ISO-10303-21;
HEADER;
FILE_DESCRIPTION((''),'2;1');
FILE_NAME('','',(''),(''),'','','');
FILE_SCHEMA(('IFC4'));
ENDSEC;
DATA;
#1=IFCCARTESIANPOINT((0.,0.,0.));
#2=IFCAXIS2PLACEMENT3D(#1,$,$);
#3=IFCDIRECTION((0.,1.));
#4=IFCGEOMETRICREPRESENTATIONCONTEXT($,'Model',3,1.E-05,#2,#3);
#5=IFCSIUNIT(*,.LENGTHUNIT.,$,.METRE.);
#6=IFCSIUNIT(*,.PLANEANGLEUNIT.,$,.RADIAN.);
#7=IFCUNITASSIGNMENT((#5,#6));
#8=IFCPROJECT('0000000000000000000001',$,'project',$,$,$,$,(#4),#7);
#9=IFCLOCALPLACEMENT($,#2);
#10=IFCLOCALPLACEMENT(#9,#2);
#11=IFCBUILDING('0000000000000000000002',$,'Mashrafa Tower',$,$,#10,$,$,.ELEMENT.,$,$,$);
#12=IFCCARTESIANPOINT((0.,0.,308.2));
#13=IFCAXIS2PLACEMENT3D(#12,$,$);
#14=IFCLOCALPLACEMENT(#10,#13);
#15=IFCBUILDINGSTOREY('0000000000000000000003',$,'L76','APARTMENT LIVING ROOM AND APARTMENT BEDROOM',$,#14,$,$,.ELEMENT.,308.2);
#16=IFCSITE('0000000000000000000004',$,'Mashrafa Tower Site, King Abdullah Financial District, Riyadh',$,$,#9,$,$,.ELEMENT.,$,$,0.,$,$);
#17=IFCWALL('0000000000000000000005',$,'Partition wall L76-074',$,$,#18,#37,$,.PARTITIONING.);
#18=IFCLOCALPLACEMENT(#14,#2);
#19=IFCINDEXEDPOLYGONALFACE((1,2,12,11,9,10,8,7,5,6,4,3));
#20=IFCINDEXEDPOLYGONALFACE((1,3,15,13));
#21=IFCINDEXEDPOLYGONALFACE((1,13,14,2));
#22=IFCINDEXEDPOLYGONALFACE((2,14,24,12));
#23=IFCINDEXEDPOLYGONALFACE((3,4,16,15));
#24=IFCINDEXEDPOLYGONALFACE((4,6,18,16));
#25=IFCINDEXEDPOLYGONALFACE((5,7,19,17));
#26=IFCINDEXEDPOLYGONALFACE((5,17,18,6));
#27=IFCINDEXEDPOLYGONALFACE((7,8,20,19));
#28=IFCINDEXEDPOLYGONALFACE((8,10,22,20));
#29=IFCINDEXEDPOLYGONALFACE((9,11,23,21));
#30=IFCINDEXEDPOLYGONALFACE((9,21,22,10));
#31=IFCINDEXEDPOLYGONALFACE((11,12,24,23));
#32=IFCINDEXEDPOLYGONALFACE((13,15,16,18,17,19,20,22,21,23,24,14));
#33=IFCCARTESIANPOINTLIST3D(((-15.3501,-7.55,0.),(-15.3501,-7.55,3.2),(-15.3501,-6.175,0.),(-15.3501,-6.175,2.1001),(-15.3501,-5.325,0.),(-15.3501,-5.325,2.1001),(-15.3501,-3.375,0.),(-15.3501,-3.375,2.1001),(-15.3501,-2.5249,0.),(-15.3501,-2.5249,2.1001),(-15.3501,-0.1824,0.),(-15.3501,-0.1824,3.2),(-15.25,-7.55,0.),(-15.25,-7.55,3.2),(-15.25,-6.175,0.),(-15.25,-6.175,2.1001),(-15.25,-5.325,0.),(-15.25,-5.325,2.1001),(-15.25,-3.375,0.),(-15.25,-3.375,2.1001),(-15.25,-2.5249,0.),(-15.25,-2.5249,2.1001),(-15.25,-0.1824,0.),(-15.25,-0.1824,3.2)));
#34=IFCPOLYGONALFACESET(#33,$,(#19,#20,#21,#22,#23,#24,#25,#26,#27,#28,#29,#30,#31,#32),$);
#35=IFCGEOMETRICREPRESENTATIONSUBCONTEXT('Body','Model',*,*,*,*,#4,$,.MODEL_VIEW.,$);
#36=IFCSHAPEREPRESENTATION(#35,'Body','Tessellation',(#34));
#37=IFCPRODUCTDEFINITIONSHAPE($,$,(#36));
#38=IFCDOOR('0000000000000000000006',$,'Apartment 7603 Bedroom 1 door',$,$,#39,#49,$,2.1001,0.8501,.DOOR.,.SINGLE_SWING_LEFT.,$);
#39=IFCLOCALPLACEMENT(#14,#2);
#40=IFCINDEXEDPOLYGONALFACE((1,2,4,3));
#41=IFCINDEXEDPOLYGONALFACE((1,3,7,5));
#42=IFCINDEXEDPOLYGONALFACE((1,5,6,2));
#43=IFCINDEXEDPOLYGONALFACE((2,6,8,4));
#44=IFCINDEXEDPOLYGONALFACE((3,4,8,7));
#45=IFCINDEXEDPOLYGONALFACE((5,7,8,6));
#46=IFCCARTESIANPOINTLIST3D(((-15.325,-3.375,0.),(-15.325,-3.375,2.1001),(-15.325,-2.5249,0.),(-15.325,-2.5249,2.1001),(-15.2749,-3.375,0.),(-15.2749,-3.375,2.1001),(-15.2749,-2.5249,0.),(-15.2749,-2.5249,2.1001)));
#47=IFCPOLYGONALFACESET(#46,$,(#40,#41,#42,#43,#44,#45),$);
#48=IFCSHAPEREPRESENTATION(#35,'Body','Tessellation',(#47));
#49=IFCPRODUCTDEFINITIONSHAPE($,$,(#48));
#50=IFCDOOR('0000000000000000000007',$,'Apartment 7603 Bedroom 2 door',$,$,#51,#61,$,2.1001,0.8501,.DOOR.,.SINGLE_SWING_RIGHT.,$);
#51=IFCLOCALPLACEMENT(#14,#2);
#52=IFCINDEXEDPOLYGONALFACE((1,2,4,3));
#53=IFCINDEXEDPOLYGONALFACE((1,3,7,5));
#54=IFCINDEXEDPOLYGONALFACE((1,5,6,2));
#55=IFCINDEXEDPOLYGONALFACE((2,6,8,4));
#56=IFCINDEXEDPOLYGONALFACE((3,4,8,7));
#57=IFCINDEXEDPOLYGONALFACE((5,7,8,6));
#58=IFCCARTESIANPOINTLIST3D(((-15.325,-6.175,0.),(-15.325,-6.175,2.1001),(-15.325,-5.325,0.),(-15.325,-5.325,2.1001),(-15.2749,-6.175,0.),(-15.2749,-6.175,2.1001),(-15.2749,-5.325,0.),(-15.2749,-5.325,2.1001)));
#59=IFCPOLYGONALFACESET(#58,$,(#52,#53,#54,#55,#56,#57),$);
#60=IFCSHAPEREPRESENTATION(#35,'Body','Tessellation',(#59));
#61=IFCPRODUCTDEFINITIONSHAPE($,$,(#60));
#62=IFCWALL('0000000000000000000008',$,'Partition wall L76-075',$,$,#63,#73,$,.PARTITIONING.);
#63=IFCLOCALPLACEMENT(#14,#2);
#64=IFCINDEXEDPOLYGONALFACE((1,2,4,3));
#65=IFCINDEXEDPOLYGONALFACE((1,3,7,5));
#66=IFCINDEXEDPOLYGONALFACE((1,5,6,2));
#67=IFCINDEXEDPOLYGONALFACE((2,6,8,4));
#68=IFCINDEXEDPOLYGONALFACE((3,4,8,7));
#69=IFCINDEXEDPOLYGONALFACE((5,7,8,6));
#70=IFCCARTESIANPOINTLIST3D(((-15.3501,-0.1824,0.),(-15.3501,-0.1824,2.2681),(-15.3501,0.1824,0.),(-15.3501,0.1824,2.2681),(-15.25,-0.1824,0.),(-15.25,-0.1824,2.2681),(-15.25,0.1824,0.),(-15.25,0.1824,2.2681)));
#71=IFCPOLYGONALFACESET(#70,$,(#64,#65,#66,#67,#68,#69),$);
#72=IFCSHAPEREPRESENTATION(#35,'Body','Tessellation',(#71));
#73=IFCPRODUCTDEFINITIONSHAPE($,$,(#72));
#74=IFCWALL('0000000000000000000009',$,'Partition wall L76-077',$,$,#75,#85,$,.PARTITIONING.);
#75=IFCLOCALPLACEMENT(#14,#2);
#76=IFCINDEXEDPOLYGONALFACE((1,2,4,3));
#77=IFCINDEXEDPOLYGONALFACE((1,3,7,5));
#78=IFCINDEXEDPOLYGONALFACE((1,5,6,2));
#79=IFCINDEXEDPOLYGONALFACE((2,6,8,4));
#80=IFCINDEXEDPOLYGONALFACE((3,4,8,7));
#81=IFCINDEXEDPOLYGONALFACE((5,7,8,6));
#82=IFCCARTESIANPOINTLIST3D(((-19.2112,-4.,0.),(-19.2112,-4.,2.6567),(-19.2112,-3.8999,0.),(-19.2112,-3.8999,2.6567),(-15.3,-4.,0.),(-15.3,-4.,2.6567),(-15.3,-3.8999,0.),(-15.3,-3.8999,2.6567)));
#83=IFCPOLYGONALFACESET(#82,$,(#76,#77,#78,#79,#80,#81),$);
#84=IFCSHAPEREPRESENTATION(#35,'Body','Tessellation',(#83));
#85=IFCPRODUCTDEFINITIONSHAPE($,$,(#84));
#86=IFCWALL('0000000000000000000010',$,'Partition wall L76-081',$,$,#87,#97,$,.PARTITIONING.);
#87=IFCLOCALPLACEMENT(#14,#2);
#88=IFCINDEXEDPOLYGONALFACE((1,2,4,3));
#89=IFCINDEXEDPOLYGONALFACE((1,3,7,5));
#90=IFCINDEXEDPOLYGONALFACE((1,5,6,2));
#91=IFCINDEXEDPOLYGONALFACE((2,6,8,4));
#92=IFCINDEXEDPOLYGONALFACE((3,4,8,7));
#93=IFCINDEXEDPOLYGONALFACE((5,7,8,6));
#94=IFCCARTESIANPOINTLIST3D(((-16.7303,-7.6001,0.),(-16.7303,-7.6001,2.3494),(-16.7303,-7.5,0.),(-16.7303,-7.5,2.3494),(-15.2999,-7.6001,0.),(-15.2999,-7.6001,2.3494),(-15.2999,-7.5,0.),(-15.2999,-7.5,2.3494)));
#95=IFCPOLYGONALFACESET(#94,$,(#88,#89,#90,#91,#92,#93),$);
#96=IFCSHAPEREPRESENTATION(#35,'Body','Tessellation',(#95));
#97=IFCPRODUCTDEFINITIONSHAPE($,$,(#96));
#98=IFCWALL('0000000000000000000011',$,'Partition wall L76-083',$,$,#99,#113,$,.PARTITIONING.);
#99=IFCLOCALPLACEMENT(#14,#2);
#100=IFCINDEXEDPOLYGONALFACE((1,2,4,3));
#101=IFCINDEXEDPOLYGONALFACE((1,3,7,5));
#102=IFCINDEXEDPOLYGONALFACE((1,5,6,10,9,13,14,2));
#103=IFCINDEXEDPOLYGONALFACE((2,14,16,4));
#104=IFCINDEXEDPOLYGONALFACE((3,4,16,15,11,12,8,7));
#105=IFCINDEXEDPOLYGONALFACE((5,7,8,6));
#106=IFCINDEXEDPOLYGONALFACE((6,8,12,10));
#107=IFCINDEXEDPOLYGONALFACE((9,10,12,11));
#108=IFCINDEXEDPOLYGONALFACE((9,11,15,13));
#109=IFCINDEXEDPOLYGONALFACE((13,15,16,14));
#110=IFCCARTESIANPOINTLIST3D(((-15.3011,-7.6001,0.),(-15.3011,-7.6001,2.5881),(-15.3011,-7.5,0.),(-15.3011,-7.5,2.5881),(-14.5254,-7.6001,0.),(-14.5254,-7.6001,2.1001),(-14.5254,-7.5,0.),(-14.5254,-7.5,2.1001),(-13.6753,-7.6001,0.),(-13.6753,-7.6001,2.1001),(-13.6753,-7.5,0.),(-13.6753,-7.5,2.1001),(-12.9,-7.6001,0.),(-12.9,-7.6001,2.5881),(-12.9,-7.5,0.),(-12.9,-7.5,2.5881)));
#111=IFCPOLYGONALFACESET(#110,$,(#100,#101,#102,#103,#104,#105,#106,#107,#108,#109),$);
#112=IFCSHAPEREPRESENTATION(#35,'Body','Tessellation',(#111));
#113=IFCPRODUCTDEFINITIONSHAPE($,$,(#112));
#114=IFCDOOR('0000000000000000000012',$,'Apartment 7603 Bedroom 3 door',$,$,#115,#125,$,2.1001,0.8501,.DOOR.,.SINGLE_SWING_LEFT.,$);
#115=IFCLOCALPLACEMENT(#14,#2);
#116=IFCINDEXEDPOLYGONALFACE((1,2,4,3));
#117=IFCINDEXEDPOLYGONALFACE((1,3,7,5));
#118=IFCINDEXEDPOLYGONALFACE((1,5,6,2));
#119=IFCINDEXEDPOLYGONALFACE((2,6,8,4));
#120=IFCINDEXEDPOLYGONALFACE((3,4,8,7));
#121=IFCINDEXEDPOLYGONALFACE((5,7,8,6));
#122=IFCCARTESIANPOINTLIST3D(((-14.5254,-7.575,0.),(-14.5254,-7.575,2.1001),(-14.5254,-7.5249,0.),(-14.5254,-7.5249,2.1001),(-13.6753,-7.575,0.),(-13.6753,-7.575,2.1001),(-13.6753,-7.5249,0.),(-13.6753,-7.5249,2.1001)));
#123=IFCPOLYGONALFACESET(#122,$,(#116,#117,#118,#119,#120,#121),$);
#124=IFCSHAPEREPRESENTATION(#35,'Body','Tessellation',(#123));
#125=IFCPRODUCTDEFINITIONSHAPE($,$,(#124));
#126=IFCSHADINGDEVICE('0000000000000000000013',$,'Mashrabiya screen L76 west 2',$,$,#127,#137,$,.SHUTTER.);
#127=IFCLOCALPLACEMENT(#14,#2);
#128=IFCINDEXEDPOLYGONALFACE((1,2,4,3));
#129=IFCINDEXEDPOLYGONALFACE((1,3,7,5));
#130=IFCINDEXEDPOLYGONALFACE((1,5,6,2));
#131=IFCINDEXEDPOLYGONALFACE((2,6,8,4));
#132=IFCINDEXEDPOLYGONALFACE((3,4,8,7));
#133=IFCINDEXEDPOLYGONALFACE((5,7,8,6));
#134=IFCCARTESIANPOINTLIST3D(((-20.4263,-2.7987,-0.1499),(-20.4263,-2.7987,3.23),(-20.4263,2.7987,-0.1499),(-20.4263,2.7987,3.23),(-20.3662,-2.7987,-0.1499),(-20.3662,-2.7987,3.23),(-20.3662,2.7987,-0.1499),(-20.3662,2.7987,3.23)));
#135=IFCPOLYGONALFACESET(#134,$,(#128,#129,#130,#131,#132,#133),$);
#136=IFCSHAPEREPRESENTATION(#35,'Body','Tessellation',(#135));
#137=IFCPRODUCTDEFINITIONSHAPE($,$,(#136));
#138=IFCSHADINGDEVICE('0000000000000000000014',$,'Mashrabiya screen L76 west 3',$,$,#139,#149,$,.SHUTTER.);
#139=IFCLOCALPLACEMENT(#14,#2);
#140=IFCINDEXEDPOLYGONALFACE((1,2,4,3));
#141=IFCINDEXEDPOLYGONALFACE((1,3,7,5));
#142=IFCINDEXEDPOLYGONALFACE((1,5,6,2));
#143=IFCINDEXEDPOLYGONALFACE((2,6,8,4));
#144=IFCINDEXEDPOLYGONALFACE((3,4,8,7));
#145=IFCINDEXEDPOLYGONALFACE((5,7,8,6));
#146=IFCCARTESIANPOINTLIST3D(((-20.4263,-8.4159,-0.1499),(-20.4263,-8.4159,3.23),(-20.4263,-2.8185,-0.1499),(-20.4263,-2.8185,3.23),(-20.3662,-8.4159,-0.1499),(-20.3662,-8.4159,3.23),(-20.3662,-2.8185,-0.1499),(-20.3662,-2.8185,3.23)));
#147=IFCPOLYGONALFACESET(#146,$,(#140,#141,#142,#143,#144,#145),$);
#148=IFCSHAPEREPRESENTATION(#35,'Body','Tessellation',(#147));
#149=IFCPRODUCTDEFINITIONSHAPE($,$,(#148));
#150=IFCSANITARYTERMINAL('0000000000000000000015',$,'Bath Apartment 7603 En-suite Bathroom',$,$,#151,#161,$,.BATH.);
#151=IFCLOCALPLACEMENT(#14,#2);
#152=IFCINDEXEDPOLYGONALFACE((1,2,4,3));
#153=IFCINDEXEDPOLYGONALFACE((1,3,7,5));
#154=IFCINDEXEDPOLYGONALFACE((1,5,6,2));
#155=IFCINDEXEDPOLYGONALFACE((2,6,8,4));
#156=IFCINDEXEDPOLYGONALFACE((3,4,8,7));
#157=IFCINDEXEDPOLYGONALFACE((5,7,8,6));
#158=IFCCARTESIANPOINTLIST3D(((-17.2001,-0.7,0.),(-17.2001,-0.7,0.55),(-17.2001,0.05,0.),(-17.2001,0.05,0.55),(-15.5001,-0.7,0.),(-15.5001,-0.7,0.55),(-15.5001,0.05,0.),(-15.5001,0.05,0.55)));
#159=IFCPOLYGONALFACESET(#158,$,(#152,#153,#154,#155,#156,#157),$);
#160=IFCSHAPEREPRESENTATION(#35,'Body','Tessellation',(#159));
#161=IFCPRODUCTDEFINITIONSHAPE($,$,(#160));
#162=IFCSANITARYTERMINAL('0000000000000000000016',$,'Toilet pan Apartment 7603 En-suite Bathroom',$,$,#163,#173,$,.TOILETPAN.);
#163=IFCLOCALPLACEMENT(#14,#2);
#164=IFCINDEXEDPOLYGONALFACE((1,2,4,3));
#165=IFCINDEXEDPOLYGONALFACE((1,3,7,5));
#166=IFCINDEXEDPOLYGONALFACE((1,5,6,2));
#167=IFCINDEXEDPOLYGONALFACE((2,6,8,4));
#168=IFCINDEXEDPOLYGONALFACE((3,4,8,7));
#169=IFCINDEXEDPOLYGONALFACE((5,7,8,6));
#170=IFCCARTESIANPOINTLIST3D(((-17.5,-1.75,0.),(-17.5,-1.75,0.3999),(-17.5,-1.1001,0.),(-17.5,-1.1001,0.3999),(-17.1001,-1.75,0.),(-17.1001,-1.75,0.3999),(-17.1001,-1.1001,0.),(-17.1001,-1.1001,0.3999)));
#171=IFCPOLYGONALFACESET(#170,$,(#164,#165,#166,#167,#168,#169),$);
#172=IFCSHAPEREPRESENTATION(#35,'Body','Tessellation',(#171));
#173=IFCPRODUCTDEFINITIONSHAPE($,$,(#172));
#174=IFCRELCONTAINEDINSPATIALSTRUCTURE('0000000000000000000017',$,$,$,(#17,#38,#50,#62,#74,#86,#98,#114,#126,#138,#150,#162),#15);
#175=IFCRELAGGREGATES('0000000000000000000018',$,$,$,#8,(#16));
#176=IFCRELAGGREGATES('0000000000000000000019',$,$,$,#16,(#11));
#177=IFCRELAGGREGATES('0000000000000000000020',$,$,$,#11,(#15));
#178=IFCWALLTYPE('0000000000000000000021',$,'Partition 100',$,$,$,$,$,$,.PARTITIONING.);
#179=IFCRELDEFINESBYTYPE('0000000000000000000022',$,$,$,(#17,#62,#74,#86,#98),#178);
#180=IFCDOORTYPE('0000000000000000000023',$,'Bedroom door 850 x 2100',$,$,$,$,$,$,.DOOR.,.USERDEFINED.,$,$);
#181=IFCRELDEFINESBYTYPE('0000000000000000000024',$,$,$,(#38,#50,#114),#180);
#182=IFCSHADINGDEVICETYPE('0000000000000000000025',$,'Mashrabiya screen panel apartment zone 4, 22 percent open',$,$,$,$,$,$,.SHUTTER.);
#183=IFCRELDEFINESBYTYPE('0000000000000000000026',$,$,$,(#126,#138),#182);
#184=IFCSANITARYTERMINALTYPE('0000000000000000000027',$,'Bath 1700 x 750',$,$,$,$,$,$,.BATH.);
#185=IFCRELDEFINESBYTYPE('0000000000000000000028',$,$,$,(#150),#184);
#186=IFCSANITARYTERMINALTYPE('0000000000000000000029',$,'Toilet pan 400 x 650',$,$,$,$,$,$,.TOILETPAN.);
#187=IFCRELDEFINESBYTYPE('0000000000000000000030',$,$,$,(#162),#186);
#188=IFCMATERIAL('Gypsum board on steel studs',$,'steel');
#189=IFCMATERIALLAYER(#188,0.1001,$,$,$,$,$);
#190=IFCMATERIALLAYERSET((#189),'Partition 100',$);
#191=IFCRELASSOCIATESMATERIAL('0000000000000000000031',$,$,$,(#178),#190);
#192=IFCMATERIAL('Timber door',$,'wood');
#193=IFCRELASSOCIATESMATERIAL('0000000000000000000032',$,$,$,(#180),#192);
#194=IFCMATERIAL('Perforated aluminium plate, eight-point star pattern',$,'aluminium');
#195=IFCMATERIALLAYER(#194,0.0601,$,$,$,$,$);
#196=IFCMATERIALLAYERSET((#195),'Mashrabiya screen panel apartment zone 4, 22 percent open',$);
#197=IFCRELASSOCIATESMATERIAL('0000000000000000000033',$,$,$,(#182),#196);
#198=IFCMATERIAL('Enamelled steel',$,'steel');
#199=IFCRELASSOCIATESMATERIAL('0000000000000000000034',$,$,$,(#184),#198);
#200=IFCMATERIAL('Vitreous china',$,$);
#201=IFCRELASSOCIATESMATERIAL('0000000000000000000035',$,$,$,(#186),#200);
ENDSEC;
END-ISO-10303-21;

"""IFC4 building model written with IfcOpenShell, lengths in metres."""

from ifc_helpers import new_model, si_unit, direction, frame, frame_2d, origin, origin_2d, place, context, subcontext, project, spatial, rectangle, extrude, source, transform, mapped, material, layer, layer_set, type_object, type_shapes, element, fill, save


model = new_model("IFC4")

# Units and contexts
model_context = context("Model", 3, precision=1e-05, world=origin(), true_north=direction((0.0, 1.0)))
body_context = subcontext(model_context, "Body", "Model", "MODEL_VIEW")
ifc_project = project(units=[si_unit("LENGTHUNIT", "METRE"), si_unit("PLANEANGLEUNIT", "RADIAN")], contexts=[model_context])

# Site, building, storey
site_placement = place(None, origin())
site = spatial("IfcSite", under=ifc_project, at=site_placement, Name="Mashrafa Tower Site, King Abdullah Financial District, Riyadh", CompositionType="ELEMENT", RefElevation=0.0)
building_placement = place(site_placement, origin())
building = spatial("IfcBuilding", under=site, at=building_placement, Name="Mashrafa Tower", CompositionType="ELEMENT")
storey_placement = place(building_placement, frame((0.0, 0.0, 308.2)))
storey = spatial("IfcBuildingStorey", under=building, at=storey_placement, Name="L76", Description="APARTMENT LIVING ROOM AND APARTMENT BEDROOM", CompositionType="ELEMENT", Elevation=308.2)

# Shared definitions
ifc_material_1 = material(Name="Gypsum board on steel studs", Category="steel")
ifc_layer_1 = layer(ifc_material_1, 0.1001)
ifc_layer_set_1 = layer_set([ifc_layer_1], Name="Partition 100")
wall_type_1 = type_object("IfcWallType", Name="Partition 100", PredefinedType="PARTITIONING", material=ifc_layer_set_1)

# Wall, openings, doors
wall_1_placement = place(storey_placement, frame((-15.3, -0.1824, 0.0), z_axis=(0.0, 0.0, 1.0), x_axis=(0.0, -1.0, 0.0)))
wall_1 = element("IfcWall", 1, at=wall_1_placement, inside=storey, type_object=wall_type_1, Name="Partition wall L76-074", PredefinedType="PARTITIONING", context=body_context, shape_type="SweptSolid", body=[
    extrude(rectangle(XDim=7.3677, YDim=0.1001, at=frame_2d((3.6838, 0.0))), origin(), (0.0, 0.0, 1.0), 3.2),
])
opening_1_placement = place(wall_1_placement, frame((2.3425, 0.0, 0.0)))
opening_1 = element("IfcOpeningElement", 2, at=opening_1_placement, cuts=wall_1, PredefinedType="OPENING", context=body_context, shape_type="SweptSolid", body=[
    extrude(rectangle(XDim=0.8501, YDim=2.1001, at=frame_2d((0.425, 1.05))), frame((0.0, 0.0601, 0.0), z_axis=(0.0, -1.0, 0.0), x_axis=(1.0, 0.0, 0.0)), (0.0, 0.0, 1.0), 0.1201),
])
opening_2_placement = place(wall_1_placement, frame((5.1426, 0.0, 0.0)))
opening_2 = element("IfcOpeningElement", 3, at=opening_2_placement, cuts=wall_1, PredefinedType="OPENING", context=body_context, shape_type="SweptSolid", body=[
    extrude(rectangle(XDim=0.8501, YDim=2.1001, at=frame_2d((0.425, 1.05))), frame((0.0, 0.0601, 0.0), z_axis=(0.0, -1.0, 0.0), x_axis=(1.0, 0.0, 0.0)), (0.0, 0.0, 1.0), 0.1201),
])
ifc_material_2 = material(Name="Timber door", Category="wood")
door_type_1 = type_object("IfcDoorType", Name="Bedroom door 850 x 2100", OperationType="USERDEFINED", PredefinedType="DOOR", material=ifc_material_2)
door_1_placement = place(opening_1_placement, frame((0.8501, 0.0, 0.0), z_axis=(0.0, 0.0, 1.0), x_axis=(-1.0, 0.0, 0.0)))
door_1 = element("IfcDoor", 4, at=door_1_placement, inside=storey, type_object=door_type_1, Name="Apartment 7603 Bedroom 1 door", OperationType="SINGLE_SWING_LEFT", OverallHeight=2.1001, OverallWidth=0.8501, PredefinedType="DOOR", context=body_context, shape_type="SweptSolid", body=[
    extrude(rectangle(XDim=0.8501, YDim=2.1001, at=frame_2d((0.425, 1.05))), frame((0.0, 0.0249, 0.0), z_axis=(0.0, -1.0, 0.0), x_axis=(1.0, 0.0, 0.0)), (0.0, 0.0, 1.0), 0.05),
])
fill(opening_1, door_1)
door_2_placement = place(opening_2_placement, frame((0.8501, 0.0, 0.0), z_axis=(0.0, 0.0, 1.0), x_axis=(-1.0, 0.0, 0.0)))
door_2 = element("IfcDoor", 5, at=door_2_placement, inside=storey, type_object=door_type_1, Name="Apartment 7603 Bedroom 2 door", OperationType="SINGLE_SWING_RIGHT", OverallHeight=2.1001, OverallWidth=0.8501, PredefinedType="DOOR", context=body_context, shape_type="SweptSolid", body=[
    extrude(rectangle(XDim=0.8501, YDim=2.1001, at=frame_2d((0.425, 1.05))), frame((0.0, 0.0249, 0.0), z_axis=(0.0, -1.0, 0.0), x_axis=(1.0, 0.0, 0.0)), (0.0, 0.0, 1.0), 0.05),
])
fill(opening_2, door_2)

# Walls
wall_2_placement = place(storey_placement, frame((-15.3, -0.1824, 0.0), z_axis=(0.0, 0.0, 1.0), x_axis=(0.0, 1.0, 0.0)))
element("IfcWall", 6, at=wall_2_placement, inside=storey, type_object=wall_type_1, Name="Partition wall L76-075", PredefinedType="PARTITIONING", context=body_context, shape_type="SweptSolid", body=[
    extrude(rectangle(XDim=0.3647, YDim=0.1001, at=frame_2d((0.1824, 0.0))), origin(), (0.0, 0.0, 1.0), 2.2681),
])
wall_3_placement = place(storey_placement, frame((-19.2112, -3.95, 0.0), z_axis=(0.0, 0.0, 1.0), x_axis=(1.0, 0.0, 0.0)))
element("IfcWall", 7, at=wall_3_placement, inside=storey, type_object=wall_type_1, Name="Partition wall L76-077", PredefinedType="PARTITIONING", context=body_context, shape_type="SweptSolid", body=[
    extrude(rectangle(XDim=3.9111, YDim=0.1001, at=frame_2d((1.9556, 0.0))), origin(), (0.0, 0.0, 1.0), 2.6567),
])
wall_4_placement = place(storey_placement, frame((-16.7305, -7.55, 0.0), z_axis=(0.0, 0.0, 1.0), x_axis=(1.0, 0.0, 0.0)))
element("IfcWall", 8, at=wall_4_placement, inside=storey, type_object=wall_type_1, Name="Partition wall L76-081", PredefinedType="PARTITIONING", context=body_context, shape_type="SweptSolid", body=[
    extrude(rectangle(XDim=1.4304, YDim=0.1001, at=frame_2d((0.7153, 0.0))), origin(), (0.0, 0.0, 1.0), 2.3494),
])

# Wall, opening, door
wall_5_placement = place(storey_placement, frame((-12.8999, -7.55, 0.0), z_axis=(0.0, 0.0, 1.0), x_axis=(-1.0, 0.0, 0.0)))
wall_5 = element("IfcWall", 9, at=wall_5_placement, inside=storey, type_object=wall_type_1, Name="Partition wall L76-083", PredefinedType="PARTITIONING", context=body_context, shape_type="SweptSolid", body=[
    extrude(rectangle(XDim=2.4011, YDim=0.1001, at=frame_2d((1.2007, 0.0))), origin(), (0.0, 0.0, 1.0), 2.5881),
])
opening_3_placement = place(wall_5_placement, frame((0.7754, 0.0, 0.0)))
opening_3 = element("IfcOpeningElement", 10, at=opening_3_placement, cuts=wall_5, PredefinedType="OPENING", context=body_context, shape_type="SweptSolid", body=[
    extrude(rectangle(XDim=0.8501, YDim=2.1001, at=frame_2d((0.425, 1.05))), frame((0.0, 0.0601, 0.0), z_axis=(0.0, -1.0, 0.0), x_axis=(1.0, 0.0, 0.0)), (0.0, 0.0, 1.0), 0.1201),
])
door_3_placement = place(opening_3_placement, origin())
door_3 = element("IfcDoor", 11, at=door_3_placement, inside=storey, type_object=door_type_1, Name="Apartment 7603 Bedroom 3 door", OperationType="SINGLE_SWING_LEFT", OverallHeight=2.1001, OverallWidth=0.8501, PredefinedType="DOOR", context=body_context, shape_type="SweptSolid", body=[
    extrude(rectangle(XDim=0.8501, YDim=2.1001, at=frame_2d((0.425, 1.05))), frame((0.0, 0.0249, 0.0), z_axis=(0.0, -1.0, 0.0), x_axis=(1.0, 0.0, 0.0)), (0.0, 0.0, 1.0), 0.05),
])
fill(opening_3, door_3)

# Shading devices
ifc_material_3 = material(Name="Perforated aluminium plate, eight-point star pattern", Category="aluminium")
ifc_layer_2 = layer(ifc_material_3, 0.0601)
ifc_layer_set_2 = layer_set([ifc_layer_2], Name="Mashrabiya screen panel apartment zone 4, 22 percent open")
shading_device_type = type_object("IfcShadingDeviceType", Name="Mashrabiya screen panel apartment zone 4, 22 percent open", PredefinedType="SHUTTER", material=ifc_layer_set_2)
shared_shape_1 = source(origin(), body_context, "Body", "SweptSolid", [
    extrude(rectangle(XDim=5.5974, YDim=0.0601, at=origin_2d()), origin(), (0.0, 0.0, 1.0), 3.3799),
])
type_shapes(shading_device_type, [shared_shape_1])
for number, where, z_axis, x_axis, name in (
    (12, (-20.3962, 0.0, -0.1499), (0.0, 0.0, 1.0), (0.0, -1.0, 0.0), "Mashrabiya screen L76 west 2"),
    (13, (-20.3962, -5.6172, -0.1499), (0.0, 0.0, 1.0), (0.0, -1.0, 0.0), "Mashrabiya screen L76 west 3"),
):
    element("IfcShadingDevice", number, at=place(storey_placement, frame(where, z_axis=z_axis, x_axis=x_axis)), inside=storey, type_object=shading_device_type, Name=name, PredefinedType="SHUTTER", context=body_context, shape_type="MappedRepresentation", body=[
        mapped(shared_shape_1, transform((0.0, 0.0, 0.0))),
    ])

# Sanitary terminals
ifc_material_4 = material(Name="Enamelled steel", Category="steel")
sanitary_terminal_type_1 = type_object("IfcSanitaryTerminalType", Name="Bath 1700 x 750", PredefinedType="BATH", material=ifc_material_4)
sanitary_terminal_1_placement = place(storey_placement, frame((-16.3501, -0.325, 0.0), z_axis=(0.0, 0.0, 1.0), x_axis=(-1.0, 0.0, 0.0)))
element("IfcSanitaryTerminal", 14, at=sanitary_terminal_1_placement, inside=storey, type_object=sanitary_terminal_type_1, Name="Bath Apartment 7603 En-suite Bathroom", PredefinedType="BATH", context=body_context, shape_type="SweptSolid", body=[
    extrude(rectangle(XDim=1.7, YDim=0.75, at=origin_2d()), origin(), (0.0, 0.0, 1.0), 0.55),
])
ifc_material_5 = material(Name="Vitreous china")
sanitary_terminal_type_2 = type_object("IfcSanitaryTerminalType", Name="Toilet pan 400 x 650", PredefinedType="TOILETPAN", material=ifc_material_5)
sanitary_terminal_2_placement = place(storey_placement, frame((-17.3, -1.425, 0.0), z_axis=(0.0, 0.0, 1.0), x_axis=(1.0, 0.0, 0.0)))
element("IfcSanitaryTerminal", 15, at=sanitary_terminal_2_placement, inside=storey, type_object=sanitary_terminal_type_2, Name="Toilet pan Apartment 7603 En-suite Bathroom", PredefinedType="TOILETPAN", context=body_context, shape_type="SweptSolid", body=[
    extrude(rectangle(XDim=0.3999, YDim=0.6499, at=origin_2d()), origin(), (0.0, 0.0, 1.0), 0.3999),
])

save(model, "model.ifc")
